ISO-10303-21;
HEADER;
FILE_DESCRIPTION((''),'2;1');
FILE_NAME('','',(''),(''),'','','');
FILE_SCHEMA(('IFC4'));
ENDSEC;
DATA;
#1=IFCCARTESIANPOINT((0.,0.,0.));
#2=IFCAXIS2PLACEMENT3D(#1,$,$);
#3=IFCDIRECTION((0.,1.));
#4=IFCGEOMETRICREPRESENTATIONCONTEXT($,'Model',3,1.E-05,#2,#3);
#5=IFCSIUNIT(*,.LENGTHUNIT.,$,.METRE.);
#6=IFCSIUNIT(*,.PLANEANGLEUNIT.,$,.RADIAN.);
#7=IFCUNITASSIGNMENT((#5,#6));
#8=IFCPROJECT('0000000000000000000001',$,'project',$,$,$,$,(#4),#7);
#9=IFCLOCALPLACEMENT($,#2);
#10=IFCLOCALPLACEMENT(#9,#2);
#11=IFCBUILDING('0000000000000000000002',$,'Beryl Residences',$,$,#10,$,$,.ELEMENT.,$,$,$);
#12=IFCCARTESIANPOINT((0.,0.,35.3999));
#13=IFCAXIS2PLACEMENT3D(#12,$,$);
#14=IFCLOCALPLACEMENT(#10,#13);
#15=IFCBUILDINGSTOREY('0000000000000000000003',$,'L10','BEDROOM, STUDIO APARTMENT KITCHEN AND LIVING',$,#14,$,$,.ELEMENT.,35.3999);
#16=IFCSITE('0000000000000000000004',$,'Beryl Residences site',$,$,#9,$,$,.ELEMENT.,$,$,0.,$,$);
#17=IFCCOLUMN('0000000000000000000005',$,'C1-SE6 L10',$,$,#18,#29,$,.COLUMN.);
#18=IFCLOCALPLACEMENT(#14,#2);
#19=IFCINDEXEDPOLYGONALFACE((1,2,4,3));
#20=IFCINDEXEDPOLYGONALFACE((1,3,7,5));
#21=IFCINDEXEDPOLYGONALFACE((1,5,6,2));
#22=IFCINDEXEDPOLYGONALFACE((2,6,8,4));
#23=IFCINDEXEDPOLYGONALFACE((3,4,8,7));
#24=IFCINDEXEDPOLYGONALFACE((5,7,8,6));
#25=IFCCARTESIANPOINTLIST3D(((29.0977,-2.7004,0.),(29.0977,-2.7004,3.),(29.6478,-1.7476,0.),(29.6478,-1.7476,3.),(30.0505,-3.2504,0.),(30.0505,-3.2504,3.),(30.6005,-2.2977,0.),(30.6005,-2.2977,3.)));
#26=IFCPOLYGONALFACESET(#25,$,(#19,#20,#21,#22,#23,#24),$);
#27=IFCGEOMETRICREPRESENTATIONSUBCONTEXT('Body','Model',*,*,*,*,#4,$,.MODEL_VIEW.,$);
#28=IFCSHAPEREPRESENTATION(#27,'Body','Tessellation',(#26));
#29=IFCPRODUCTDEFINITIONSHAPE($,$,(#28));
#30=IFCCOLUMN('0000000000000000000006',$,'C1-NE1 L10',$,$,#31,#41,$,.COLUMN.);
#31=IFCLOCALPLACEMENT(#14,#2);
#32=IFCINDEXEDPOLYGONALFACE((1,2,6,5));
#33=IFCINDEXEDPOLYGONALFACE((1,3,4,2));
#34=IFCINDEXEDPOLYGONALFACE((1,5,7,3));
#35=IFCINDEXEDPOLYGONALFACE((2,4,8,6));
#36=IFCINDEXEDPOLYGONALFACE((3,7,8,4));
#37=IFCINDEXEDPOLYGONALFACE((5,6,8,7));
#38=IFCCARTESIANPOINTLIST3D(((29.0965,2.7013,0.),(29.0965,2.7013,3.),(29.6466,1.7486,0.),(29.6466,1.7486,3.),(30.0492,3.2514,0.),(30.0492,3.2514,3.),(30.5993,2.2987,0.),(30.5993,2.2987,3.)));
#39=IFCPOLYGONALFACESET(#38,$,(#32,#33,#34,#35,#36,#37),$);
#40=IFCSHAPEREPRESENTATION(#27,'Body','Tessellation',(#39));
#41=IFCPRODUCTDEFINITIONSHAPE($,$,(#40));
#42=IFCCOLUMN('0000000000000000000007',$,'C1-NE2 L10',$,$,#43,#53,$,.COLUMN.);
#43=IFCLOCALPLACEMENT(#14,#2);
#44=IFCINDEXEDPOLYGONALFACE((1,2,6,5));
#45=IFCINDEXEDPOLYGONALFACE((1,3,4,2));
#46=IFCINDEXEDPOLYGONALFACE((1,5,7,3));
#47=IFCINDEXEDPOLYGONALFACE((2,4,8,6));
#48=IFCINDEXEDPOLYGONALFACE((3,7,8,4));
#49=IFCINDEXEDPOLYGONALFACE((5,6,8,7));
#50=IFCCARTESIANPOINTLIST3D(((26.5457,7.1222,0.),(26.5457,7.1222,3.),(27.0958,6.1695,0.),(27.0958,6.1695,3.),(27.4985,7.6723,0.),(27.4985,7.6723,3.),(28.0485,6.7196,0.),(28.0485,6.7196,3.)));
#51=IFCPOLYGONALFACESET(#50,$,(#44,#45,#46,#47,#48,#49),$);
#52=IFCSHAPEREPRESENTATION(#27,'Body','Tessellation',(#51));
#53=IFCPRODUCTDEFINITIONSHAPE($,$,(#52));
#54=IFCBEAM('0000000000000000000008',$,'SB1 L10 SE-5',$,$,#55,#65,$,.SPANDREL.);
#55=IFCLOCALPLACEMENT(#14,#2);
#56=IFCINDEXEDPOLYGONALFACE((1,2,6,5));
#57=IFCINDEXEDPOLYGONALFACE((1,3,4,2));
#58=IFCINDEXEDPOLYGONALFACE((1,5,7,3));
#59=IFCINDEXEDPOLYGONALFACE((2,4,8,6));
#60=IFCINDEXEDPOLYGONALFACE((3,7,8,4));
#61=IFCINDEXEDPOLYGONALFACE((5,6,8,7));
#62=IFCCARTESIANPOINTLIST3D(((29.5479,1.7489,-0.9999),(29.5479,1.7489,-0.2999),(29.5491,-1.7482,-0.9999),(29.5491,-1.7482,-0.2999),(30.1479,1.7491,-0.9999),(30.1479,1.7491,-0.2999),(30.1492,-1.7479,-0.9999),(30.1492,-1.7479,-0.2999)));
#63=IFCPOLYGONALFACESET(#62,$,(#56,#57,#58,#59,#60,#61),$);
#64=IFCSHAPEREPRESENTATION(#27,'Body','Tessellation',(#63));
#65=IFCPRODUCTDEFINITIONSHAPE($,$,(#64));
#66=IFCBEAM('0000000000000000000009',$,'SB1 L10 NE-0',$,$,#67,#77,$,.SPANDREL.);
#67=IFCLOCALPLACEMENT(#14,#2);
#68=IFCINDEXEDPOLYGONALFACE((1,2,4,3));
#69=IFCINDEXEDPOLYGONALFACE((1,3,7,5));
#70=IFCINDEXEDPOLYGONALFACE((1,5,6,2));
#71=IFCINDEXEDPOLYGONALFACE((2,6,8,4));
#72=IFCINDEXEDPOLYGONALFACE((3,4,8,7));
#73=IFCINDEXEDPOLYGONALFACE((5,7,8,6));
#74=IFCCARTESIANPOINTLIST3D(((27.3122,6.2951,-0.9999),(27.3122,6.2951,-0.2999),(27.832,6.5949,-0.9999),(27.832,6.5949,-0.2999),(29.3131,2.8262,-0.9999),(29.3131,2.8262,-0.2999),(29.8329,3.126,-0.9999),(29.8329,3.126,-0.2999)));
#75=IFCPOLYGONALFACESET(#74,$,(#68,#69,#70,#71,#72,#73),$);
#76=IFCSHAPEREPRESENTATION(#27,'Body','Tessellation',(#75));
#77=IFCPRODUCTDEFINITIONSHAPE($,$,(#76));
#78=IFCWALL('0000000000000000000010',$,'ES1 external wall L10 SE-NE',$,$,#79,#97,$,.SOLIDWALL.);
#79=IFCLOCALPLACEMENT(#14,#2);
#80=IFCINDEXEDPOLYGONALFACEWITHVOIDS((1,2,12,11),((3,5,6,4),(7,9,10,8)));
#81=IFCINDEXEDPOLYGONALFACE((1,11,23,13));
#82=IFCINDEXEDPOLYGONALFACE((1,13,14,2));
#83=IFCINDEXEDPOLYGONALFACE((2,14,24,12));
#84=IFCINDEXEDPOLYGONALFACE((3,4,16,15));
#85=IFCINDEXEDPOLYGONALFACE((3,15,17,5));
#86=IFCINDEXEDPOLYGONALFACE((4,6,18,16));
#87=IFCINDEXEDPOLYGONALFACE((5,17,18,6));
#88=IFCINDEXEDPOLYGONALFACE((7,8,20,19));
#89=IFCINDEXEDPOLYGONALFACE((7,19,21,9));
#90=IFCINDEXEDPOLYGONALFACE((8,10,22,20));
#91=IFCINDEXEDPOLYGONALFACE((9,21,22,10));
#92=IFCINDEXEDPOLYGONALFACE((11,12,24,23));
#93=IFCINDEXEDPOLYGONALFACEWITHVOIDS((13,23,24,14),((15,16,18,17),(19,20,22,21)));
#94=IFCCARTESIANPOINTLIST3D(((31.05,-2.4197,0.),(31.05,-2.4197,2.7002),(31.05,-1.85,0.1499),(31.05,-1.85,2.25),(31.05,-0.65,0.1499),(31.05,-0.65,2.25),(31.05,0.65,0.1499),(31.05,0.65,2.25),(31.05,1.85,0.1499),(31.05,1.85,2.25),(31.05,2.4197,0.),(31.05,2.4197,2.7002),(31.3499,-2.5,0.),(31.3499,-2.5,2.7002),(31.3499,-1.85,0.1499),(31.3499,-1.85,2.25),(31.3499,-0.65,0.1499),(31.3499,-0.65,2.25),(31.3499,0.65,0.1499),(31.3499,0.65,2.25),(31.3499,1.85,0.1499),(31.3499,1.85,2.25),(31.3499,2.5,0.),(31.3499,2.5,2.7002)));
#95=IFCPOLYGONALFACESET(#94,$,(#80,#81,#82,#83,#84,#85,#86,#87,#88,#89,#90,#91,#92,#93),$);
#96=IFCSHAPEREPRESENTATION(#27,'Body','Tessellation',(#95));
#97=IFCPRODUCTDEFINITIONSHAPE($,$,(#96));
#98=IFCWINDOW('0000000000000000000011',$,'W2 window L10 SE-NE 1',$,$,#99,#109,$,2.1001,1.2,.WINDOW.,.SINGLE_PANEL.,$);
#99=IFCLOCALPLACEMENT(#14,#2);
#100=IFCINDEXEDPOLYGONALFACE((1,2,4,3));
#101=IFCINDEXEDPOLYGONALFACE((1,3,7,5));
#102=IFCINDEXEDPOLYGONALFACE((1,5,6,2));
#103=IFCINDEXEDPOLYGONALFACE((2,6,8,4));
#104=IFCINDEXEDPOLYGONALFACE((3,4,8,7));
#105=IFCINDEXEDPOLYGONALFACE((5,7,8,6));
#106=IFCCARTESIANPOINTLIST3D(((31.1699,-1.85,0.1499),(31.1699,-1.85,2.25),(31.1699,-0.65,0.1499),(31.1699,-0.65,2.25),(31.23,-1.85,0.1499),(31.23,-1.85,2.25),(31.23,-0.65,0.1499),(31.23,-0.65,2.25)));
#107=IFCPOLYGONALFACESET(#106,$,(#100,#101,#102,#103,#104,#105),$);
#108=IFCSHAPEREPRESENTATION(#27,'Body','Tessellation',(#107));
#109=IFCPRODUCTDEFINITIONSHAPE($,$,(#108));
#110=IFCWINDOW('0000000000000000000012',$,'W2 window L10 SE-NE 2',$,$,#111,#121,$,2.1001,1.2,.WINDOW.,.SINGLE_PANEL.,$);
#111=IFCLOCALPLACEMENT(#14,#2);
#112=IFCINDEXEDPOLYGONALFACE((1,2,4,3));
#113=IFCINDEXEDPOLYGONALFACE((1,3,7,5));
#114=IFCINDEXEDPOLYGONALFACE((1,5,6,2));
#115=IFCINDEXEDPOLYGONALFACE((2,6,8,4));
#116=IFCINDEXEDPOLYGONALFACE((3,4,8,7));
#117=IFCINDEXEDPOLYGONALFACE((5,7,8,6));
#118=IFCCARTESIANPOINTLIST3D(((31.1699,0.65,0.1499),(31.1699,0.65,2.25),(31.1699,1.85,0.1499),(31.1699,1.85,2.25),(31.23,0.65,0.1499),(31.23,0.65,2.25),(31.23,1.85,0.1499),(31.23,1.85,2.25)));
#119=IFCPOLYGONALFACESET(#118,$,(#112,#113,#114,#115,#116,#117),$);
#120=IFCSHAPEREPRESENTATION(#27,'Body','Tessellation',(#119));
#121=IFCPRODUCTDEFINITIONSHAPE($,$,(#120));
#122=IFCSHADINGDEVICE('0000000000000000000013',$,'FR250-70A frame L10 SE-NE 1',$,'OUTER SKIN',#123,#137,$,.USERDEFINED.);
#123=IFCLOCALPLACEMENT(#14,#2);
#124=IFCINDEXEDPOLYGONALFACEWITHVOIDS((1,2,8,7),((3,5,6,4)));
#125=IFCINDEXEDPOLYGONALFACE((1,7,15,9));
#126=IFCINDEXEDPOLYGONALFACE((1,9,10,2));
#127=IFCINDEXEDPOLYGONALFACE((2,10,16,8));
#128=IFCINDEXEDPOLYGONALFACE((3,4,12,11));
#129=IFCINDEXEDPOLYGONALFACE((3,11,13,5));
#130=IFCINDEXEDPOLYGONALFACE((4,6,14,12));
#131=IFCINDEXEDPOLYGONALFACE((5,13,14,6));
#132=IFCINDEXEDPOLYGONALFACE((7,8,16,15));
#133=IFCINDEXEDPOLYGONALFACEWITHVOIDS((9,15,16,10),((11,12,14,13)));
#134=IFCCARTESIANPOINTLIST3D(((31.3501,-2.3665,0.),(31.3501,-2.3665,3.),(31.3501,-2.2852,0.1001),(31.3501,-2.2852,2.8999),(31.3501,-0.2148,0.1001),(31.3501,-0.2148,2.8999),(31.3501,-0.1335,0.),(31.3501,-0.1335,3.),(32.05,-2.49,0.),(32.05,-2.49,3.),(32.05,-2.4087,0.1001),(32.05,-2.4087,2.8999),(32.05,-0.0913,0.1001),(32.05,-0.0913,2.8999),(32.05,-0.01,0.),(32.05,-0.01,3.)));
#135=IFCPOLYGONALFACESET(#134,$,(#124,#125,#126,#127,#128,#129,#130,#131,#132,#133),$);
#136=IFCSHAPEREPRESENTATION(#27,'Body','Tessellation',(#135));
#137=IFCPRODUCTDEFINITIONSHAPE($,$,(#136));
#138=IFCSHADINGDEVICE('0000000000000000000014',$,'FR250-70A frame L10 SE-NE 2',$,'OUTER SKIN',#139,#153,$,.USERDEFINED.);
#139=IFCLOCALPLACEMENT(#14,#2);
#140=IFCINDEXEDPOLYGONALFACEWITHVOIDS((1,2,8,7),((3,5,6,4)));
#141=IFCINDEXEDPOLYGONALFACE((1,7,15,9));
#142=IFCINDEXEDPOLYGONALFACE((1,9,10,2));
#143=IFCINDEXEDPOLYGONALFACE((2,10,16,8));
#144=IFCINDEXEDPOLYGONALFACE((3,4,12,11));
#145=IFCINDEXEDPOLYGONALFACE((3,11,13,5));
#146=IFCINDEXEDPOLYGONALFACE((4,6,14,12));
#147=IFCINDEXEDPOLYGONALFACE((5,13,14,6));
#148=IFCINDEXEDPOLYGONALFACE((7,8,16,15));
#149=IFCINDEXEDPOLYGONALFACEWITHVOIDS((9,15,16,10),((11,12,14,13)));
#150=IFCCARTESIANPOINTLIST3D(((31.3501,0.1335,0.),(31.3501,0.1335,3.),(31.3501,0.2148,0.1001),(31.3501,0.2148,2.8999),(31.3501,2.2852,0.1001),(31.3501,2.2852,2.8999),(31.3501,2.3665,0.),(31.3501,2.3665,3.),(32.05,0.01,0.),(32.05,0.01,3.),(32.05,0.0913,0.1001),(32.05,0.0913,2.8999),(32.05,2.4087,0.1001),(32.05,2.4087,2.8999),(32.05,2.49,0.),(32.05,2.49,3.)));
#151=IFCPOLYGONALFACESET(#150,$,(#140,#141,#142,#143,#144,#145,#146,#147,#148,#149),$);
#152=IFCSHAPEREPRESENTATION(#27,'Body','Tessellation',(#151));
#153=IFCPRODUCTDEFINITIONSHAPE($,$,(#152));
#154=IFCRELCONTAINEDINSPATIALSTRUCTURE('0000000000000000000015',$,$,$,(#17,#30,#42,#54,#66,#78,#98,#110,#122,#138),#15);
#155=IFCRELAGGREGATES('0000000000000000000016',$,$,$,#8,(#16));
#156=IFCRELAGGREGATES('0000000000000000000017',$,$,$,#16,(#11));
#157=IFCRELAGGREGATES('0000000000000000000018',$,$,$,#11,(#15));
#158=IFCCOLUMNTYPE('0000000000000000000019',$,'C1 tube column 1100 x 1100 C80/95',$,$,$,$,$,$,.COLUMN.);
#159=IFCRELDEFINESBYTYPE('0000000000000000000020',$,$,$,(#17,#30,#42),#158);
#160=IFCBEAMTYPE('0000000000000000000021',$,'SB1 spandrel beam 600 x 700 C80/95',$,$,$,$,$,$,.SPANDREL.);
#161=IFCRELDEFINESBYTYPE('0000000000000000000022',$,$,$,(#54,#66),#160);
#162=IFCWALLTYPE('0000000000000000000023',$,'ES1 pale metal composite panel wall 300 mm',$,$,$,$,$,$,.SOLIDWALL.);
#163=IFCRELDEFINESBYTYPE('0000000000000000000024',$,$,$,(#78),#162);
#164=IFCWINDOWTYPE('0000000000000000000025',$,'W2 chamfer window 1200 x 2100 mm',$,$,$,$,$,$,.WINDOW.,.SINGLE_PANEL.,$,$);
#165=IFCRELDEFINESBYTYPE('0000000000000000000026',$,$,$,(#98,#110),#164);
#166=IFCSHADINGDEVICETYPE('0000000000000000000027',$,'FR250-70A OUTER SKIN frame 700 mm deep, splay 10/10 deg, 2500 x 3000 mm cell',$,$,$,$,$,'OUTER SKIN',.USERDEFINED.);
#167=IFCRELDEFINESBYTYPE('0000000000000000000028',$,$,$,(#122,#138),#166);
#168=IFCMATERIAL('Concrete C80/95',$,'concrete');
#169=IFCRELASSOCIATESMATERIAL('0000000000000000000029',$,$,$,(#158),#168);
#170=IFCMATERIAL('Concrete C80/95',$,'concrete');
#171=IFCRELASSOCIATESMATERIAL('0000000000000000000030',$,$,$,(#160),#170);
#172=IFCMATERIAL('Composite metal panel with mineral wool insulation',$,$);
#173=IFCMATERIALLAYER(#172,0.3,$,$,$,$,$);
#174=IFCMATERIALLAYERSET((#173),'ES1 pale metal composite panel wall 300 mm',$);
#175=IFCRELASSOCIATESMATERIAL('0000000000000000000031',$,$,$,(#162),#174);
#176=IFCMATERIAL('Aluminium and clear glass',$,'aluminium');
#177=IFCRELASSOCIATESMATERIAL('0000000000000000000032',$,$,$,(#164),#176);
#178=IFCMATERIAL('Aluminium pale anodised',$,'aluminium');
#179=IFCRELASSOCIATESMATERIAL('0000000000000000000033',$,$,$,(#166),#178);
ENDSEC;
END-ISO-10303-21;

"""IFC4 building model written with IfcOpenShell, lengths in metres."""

from ifc_helpers import new_model, entity, si_unit, direction, frame, frame_2d, origin, origin_2d, place, context, subcontext, project, spatial, polyline, rectangle, outline, extrude, source, transform, mapped, material, layer, layer_set, material_profile, profile_set, type_object, type_shapes, element, fill, save


model = new_model("IFC4")

# Units and contexts
model_context = context("Model", 3, precision=1e-05, world=origin(), true_north=direction((0.0, 1.0)))
body_context = subcontext(model_context, "Body", "Model", "MODEL_VIEW")
ifc_project = project(units=[si_unit("LENGTHUNIT", "METRE"), si_unit("PLANEANGLEUNIT", "RADIAN")], contexts=[model_context])

# Site, building, storey
site_placement = place(None, origin())
site = spatial("IfcSite", under=ifc_project, at=site_placement, Name="Beryl Residences site", CompositionType="ELEMENT", RefElevation=0.0)
building_placement = place(site_placement, origin())
building = spatial("IfcBuilding", under=site, at=building_placement, Name="Beryl Residences", CompositionType="ELEMENT")
storey_placement = place(building_placement, frame((0.0, 0.0, 35.3999)))
storey = spatial("IfcBuildingStorey", under=building, at=storey_placement, Name="L10", Description="BEDROOM, STUDIO APARTMENT KITCHEN AND LIVING", CompositionType="ELEMENT", Elevation=35.3999)

# Columns
ifc_material_1 = material(Name="Concrete C80/95", Category="concrete")
ifc_material_profile_1 = material_profile(ifc_material_1, rectangle(XDim=1.1001, YDim=1.1001, at=origin_2d()))
ifc_profile_set_1 = profile_set([ifc_material_profile_1], Name="Concrete C80/95")
column_type = type_object("IfcColumnType", Name="C1 tube column 1100 x 1100 C80/95", PredefinedType="COLUMN", material=ifc_profile_set_1)
for number, where, z_axis, x_axis, name in (
    (1, (29.8491, -2.499, 0.0), (0.0, 0.0, 1.0), (0.499985, 0.866034, 0.0), "C1-SE6 L10"),
    (2, (29.8479, 2.5, 0.0), (0.0, 0.0, 1.0), (-0.499985, 0.866034, 0.0), "C1-NE1 L10"),
    (3, (27.2971, 6.9209, 0.0), (0.0, 0.0, 1.0), (-0.499985, 0.866034, 0.0), "C1-NE2 L10"),
):
    element("IfcColumn", number, at=place(storey_placement, frame(where, z_axis=z_axis, x_axis=x_axis)), inside=storey, type_object=column_type, Name=name, PredefinedType="COLUMN", context=body_context, shape_type="SweptSolid", body=[
        extrude(rectangle(XDim=1.1001, YDim=1.1001, at=origin_2d()), origin(), (0.0, 0.0, 1.0), 3.0),
    ])

# Beams
ifc_material_2 = material(Name="Concrete C80/95", Category="concrete")
ifc_material_profile_2 = material_profile(ifc_material_2, rectangle(XDim=0.6001, YDim=0.7, at=origin_2d()))
ifc_profile_set_2 = profile_set([ifc_material_profile_2], Name="Concrete C80/95")
beam_type = type_object("IfcBeamType", Name="SB1 spandrel beam 600 x 700 C80/95", PredefinedType="SPANDREL", material=ifc_profile_set_2)
beam_1_placement = place(storey_placement, frame((29.8491, -1.748, -0.6499), z_axis=(-0.000349, 1.0, 0.0), x_axis=(-1.0, -0.000349, 0.0)))
element("IfcBeam", 4, at=beam_1_placement, inside=storey, type_object=beam_type, Name="SB1 L10 SE-5", PredefinedType="SPANDREL", context=body_context, shape_type="SweptSolid", body=[
    extrude(rectangle(XDim=0.6001, YDim=0.7, at=origin_2d()), origin(), (0.0, 0.0, 1.0), 3.4971),
])
beam_2_placement = place(storey_placement, frame((29.573, 2.9761, -0.6499), z_axis=(-0.499654, 0.866225, 0.0), x_axis=(-0.866225, -0.499654, 0.0)))
element("IfcBeam", 5, at=beam_2_placement, inside=storey, type_object=beam_type, Name="SB1 L10 NE-0", PredefinedType="SPANDREL", context=body_context, shape_type="SweptSolid", body=[
    extrude(rectangle(XDim=0.6001, YDim=0.7, at=origin_2d()), origin(), (0.0, 0.0, 1.0), 4.0046),
])

# Wall, openings, windows
ifc_material_3 = material(Name="Composite metal panel with mineral wool insulation")
ifc_layer = layer(ifc_material_3, 0.3)
ifc_layer_set = layer_set([ifc_layer], Name="ES1 pale metal composite panel wall 300 mm")
wall_type = type_object("IfcWallType", Name="ES1 pale metal composite panel wall 300 mm", PredefinedType="SOLIDWALL", material=ifc_layer_set)
wall_1_placement = place(storey_placement, frame((31.2, -2.5, 0.0), z_axis=(0.0, 0.0, 1.0), x_axis=(0.0, 1.0, 0.0)))
wall_1 = element("IfcWall", 6, at=wall_1_placement, inside=storey, type_object=wall_type, Name="ES1 external wall L10 SE-NE", PredefinedType="SOLIDWALL", context=body_context, shape_type="SweptSolid", body=[
    extrude(outline(polyline([(0.0, -0.1499), (5.0, -0.1499), (4.9197, 0.1499), (0.0803, 0.1499), (0.0, -0.1499)])), origin(), (0.0, 0.0, 1.0), 2.7002),
])
opening_1_placement = place(wall_1_placement, frame((0.6499, 0.0, 0.1499)))
opening_1 = element("IfcOpeningElement", 7, at=opening_1_placement, cuts=wall_1, PredefinedType="OPENING", context=body_context, shape_type="SweptSolid", body=[
    extrude(rectangle(XDim=1.2, YDim=2.1001, at=frame_2d((0.6001, 1.05))), frame((0.0, 0.1599, 0.0), z_axis=(0.0, -1.0, 0.0), x_axis=(1.0, 0.0, 0.0)), (0.0, 0.0, 1.0), 0.3201),
])
opening_2_placement = place(wall_1_placement, frame((3.1499, 0.0, 0.1499)))
opening_2 = element("IfcOpeningElement", 8, at=opening_2_placement, cuts=wall_1, PredefinedType="OPENING", context=body_context, shape_type="SweptSolid", body=[
    extrude(rectangle(XDim=1.2, YDim=2.1001, at=frame_2d((0.6001, 1.05))), frame((0.0, 0.1599, 0.0), z_axis=(0.0, -1.0, 0.0), x_axis=(1.0, 0.0, 0.0)), (0.0, 0.0, 1.0), 0.3201),
])
ifc_material_4 = material(Name="Aluminium and clear glass", Category="aluminium")
window_type_1 = type_object("IfcWindowType", Name="W2 chamfer window 1200 x 2100 mm", PartitioningType="SINGLE_PANEL", PredefinedType="WINDOW", material=ifc_material_4)
window_1_placement = place(opening_1_placement, origin())
window_1 = element("IfcWindow", 9, at=window_1_placement, inside=storey, type_object=window_type_1, Name="W2 window L10 SE-NE 1", OverallHeight=2.1001, OverallWidth=1.2, PartitioningType="SINGLE_PANEL", PredefinedType="WINDOW", context=body_context, shape_type="SweptSolid", body=[
    extrude(rectangle(XDim=1.2, YDim=2.1001, at=frame_2d((0.6001, 1.05))), frame((0.0, 0.03, 0.0), z_axis=(0.0, -1.0, 0.0), x_axis=(1.0, 0.0, 0.0)), (0.0, 0.0, 1.0), 0.0601),
])
fill(opening_1, window_1)
window_2_placement = place(opening_2_placement, origin())
window_2 = element("IfcWindow", 10, at=window_2_placement, inside=storey, type_object=window_type_1, Name="W2 window L10 SE-NE 2", OverallHeight=2.1001, OverallWidth=1.2, PartitioningType="SINGLE_PANEL", PredefinedType="WINDOW", context=body_context, shape_type="SweptSolid", body=[
    extrude(rectangle(XDim=1.2, YDim=2.1001, at=frame_2d((0.6001, 1.05))), frame((0.0, 0.03, 0.0), z_axis=(0.0, -1.0, 0.0), x_axis=(1.0, 0.0, 0.0)), (0.0, 0.0, 1.0), 0.0601),
])
fill(opening_2, window_2)

# Shading devices
ifc_material_5 = material(Name="Aluminium pale anodised", Category="aluminium")
shading_device_type_1 = type_object("IfcShadingDeviceType", Name="FR250-70A OUTER SKIN frame 700 mm deep, splay 10/10 deg, 2500 x 3000 mm cell", ElementType="OUTER SKIN", PredefinedType="USERDEFINED", material=ifc_material_5)
cartesian_point_1 = entity("IfcCartesianPoint", [-1.1165, 0.0])
cartesian_point_2 = entity("IfcCartesianPoint", [-1.0352, 0.1001])
cartesian_point_3 = entity("IfcCartesianPoint", [-1.24, 0.0])
cartesian_point_4 = entity("IfcCartesianPoint", [-1.1587, 0.1001])
shared_shape_1 = source(origin(), body_context, "Body", "SweptSolid", [
    entity("IfcExtrudedAreaSolidTapered", entity("IfcArbitraryProfileDefWithVoids", "AREA", None, entity("IfcPolyline", [cartesian_point_1, entity("IfcCartesianPoint", [1.1165, 0.0]), entity("IfcCartesianPoint", [1.1165, 3.0]), entity("IfcCartesianPoint", [-1.1165, 3.0]), cartesian_point_1]), [entity("IfcPolyline", [cartesian_point_2, entity("IfcCartesianPoint", [1.0352, 0.1001]), entity("IfcCartesianPoint", [1.0352, 2.8999]), entity("IfcCartesianPoint", [-1.0352, 2.8999]), cartesian_point_2])]), entity("IfcAxis2Placement3D", entity("IfcCartesianPoint", [0.0, 0.0, 0.0]), entity("IfcDirection", [0.0, 1.0, 0.0]), entity("IfcDirection", [-1.0, 0.0, 0.0])), entity("IfcDirection", [0.0, 0.0, 1.0]), 0.7, entity("IfcArbitraryProfileDefWithVoids", "AREA", None, entity("IfcPolyline", [cartesian_point_3, entity("IfcCartesianPoint", [1.24, 0.0]), entity("IfcCartesianPoint", [1.24, 3.0]), entity("IfcCartesianPoint", [-1.24, 3.0]), cartesian_point_3]), [entity("IfcPolyline", [cartesian_point_4, entity("IfcCartesianPoint", [1.1587, 0.1001]), entity("IfcCartesianPoint", [1.1587, 2.8999]), entity("IfcCartesianPoint", [-1.1587, 2.8999]), cartesian_point_4])])),
])
type_shapes(shading_device_type_1, [shared_shape_1])
for number, where, z_axis, x_axis, name in (
    (11, (31.3501, -1.25, 0.0), (0.0, 0.0, 1.0), (0.0, -1.0, 0.0), "FR250-70A frame L10 SE-NE 1"),
    (12, (31.3501, 1.25, 0.0), (0.0, 0.0, 1.0), (0.0, -1.0, 0.0), "FR250-70A frame L10 SE-NE 2"),
):
    element("IfcShadingDevice", number, at=place(storey_placement, frame(where, z_axis=z_axis, x_axis=x_axis)), inside=storey, type_object=shading_device_type_1, Name=name, ObjectType="OUTER SKIN", PredefinedType="USERDEFINED", context=body_context, shape_type="MappedRepresentation", body=[
        mapped(shared_shape_1, transform((0.0, 0.0, 0.0))),
    ])

save(model, "model.ifc")
